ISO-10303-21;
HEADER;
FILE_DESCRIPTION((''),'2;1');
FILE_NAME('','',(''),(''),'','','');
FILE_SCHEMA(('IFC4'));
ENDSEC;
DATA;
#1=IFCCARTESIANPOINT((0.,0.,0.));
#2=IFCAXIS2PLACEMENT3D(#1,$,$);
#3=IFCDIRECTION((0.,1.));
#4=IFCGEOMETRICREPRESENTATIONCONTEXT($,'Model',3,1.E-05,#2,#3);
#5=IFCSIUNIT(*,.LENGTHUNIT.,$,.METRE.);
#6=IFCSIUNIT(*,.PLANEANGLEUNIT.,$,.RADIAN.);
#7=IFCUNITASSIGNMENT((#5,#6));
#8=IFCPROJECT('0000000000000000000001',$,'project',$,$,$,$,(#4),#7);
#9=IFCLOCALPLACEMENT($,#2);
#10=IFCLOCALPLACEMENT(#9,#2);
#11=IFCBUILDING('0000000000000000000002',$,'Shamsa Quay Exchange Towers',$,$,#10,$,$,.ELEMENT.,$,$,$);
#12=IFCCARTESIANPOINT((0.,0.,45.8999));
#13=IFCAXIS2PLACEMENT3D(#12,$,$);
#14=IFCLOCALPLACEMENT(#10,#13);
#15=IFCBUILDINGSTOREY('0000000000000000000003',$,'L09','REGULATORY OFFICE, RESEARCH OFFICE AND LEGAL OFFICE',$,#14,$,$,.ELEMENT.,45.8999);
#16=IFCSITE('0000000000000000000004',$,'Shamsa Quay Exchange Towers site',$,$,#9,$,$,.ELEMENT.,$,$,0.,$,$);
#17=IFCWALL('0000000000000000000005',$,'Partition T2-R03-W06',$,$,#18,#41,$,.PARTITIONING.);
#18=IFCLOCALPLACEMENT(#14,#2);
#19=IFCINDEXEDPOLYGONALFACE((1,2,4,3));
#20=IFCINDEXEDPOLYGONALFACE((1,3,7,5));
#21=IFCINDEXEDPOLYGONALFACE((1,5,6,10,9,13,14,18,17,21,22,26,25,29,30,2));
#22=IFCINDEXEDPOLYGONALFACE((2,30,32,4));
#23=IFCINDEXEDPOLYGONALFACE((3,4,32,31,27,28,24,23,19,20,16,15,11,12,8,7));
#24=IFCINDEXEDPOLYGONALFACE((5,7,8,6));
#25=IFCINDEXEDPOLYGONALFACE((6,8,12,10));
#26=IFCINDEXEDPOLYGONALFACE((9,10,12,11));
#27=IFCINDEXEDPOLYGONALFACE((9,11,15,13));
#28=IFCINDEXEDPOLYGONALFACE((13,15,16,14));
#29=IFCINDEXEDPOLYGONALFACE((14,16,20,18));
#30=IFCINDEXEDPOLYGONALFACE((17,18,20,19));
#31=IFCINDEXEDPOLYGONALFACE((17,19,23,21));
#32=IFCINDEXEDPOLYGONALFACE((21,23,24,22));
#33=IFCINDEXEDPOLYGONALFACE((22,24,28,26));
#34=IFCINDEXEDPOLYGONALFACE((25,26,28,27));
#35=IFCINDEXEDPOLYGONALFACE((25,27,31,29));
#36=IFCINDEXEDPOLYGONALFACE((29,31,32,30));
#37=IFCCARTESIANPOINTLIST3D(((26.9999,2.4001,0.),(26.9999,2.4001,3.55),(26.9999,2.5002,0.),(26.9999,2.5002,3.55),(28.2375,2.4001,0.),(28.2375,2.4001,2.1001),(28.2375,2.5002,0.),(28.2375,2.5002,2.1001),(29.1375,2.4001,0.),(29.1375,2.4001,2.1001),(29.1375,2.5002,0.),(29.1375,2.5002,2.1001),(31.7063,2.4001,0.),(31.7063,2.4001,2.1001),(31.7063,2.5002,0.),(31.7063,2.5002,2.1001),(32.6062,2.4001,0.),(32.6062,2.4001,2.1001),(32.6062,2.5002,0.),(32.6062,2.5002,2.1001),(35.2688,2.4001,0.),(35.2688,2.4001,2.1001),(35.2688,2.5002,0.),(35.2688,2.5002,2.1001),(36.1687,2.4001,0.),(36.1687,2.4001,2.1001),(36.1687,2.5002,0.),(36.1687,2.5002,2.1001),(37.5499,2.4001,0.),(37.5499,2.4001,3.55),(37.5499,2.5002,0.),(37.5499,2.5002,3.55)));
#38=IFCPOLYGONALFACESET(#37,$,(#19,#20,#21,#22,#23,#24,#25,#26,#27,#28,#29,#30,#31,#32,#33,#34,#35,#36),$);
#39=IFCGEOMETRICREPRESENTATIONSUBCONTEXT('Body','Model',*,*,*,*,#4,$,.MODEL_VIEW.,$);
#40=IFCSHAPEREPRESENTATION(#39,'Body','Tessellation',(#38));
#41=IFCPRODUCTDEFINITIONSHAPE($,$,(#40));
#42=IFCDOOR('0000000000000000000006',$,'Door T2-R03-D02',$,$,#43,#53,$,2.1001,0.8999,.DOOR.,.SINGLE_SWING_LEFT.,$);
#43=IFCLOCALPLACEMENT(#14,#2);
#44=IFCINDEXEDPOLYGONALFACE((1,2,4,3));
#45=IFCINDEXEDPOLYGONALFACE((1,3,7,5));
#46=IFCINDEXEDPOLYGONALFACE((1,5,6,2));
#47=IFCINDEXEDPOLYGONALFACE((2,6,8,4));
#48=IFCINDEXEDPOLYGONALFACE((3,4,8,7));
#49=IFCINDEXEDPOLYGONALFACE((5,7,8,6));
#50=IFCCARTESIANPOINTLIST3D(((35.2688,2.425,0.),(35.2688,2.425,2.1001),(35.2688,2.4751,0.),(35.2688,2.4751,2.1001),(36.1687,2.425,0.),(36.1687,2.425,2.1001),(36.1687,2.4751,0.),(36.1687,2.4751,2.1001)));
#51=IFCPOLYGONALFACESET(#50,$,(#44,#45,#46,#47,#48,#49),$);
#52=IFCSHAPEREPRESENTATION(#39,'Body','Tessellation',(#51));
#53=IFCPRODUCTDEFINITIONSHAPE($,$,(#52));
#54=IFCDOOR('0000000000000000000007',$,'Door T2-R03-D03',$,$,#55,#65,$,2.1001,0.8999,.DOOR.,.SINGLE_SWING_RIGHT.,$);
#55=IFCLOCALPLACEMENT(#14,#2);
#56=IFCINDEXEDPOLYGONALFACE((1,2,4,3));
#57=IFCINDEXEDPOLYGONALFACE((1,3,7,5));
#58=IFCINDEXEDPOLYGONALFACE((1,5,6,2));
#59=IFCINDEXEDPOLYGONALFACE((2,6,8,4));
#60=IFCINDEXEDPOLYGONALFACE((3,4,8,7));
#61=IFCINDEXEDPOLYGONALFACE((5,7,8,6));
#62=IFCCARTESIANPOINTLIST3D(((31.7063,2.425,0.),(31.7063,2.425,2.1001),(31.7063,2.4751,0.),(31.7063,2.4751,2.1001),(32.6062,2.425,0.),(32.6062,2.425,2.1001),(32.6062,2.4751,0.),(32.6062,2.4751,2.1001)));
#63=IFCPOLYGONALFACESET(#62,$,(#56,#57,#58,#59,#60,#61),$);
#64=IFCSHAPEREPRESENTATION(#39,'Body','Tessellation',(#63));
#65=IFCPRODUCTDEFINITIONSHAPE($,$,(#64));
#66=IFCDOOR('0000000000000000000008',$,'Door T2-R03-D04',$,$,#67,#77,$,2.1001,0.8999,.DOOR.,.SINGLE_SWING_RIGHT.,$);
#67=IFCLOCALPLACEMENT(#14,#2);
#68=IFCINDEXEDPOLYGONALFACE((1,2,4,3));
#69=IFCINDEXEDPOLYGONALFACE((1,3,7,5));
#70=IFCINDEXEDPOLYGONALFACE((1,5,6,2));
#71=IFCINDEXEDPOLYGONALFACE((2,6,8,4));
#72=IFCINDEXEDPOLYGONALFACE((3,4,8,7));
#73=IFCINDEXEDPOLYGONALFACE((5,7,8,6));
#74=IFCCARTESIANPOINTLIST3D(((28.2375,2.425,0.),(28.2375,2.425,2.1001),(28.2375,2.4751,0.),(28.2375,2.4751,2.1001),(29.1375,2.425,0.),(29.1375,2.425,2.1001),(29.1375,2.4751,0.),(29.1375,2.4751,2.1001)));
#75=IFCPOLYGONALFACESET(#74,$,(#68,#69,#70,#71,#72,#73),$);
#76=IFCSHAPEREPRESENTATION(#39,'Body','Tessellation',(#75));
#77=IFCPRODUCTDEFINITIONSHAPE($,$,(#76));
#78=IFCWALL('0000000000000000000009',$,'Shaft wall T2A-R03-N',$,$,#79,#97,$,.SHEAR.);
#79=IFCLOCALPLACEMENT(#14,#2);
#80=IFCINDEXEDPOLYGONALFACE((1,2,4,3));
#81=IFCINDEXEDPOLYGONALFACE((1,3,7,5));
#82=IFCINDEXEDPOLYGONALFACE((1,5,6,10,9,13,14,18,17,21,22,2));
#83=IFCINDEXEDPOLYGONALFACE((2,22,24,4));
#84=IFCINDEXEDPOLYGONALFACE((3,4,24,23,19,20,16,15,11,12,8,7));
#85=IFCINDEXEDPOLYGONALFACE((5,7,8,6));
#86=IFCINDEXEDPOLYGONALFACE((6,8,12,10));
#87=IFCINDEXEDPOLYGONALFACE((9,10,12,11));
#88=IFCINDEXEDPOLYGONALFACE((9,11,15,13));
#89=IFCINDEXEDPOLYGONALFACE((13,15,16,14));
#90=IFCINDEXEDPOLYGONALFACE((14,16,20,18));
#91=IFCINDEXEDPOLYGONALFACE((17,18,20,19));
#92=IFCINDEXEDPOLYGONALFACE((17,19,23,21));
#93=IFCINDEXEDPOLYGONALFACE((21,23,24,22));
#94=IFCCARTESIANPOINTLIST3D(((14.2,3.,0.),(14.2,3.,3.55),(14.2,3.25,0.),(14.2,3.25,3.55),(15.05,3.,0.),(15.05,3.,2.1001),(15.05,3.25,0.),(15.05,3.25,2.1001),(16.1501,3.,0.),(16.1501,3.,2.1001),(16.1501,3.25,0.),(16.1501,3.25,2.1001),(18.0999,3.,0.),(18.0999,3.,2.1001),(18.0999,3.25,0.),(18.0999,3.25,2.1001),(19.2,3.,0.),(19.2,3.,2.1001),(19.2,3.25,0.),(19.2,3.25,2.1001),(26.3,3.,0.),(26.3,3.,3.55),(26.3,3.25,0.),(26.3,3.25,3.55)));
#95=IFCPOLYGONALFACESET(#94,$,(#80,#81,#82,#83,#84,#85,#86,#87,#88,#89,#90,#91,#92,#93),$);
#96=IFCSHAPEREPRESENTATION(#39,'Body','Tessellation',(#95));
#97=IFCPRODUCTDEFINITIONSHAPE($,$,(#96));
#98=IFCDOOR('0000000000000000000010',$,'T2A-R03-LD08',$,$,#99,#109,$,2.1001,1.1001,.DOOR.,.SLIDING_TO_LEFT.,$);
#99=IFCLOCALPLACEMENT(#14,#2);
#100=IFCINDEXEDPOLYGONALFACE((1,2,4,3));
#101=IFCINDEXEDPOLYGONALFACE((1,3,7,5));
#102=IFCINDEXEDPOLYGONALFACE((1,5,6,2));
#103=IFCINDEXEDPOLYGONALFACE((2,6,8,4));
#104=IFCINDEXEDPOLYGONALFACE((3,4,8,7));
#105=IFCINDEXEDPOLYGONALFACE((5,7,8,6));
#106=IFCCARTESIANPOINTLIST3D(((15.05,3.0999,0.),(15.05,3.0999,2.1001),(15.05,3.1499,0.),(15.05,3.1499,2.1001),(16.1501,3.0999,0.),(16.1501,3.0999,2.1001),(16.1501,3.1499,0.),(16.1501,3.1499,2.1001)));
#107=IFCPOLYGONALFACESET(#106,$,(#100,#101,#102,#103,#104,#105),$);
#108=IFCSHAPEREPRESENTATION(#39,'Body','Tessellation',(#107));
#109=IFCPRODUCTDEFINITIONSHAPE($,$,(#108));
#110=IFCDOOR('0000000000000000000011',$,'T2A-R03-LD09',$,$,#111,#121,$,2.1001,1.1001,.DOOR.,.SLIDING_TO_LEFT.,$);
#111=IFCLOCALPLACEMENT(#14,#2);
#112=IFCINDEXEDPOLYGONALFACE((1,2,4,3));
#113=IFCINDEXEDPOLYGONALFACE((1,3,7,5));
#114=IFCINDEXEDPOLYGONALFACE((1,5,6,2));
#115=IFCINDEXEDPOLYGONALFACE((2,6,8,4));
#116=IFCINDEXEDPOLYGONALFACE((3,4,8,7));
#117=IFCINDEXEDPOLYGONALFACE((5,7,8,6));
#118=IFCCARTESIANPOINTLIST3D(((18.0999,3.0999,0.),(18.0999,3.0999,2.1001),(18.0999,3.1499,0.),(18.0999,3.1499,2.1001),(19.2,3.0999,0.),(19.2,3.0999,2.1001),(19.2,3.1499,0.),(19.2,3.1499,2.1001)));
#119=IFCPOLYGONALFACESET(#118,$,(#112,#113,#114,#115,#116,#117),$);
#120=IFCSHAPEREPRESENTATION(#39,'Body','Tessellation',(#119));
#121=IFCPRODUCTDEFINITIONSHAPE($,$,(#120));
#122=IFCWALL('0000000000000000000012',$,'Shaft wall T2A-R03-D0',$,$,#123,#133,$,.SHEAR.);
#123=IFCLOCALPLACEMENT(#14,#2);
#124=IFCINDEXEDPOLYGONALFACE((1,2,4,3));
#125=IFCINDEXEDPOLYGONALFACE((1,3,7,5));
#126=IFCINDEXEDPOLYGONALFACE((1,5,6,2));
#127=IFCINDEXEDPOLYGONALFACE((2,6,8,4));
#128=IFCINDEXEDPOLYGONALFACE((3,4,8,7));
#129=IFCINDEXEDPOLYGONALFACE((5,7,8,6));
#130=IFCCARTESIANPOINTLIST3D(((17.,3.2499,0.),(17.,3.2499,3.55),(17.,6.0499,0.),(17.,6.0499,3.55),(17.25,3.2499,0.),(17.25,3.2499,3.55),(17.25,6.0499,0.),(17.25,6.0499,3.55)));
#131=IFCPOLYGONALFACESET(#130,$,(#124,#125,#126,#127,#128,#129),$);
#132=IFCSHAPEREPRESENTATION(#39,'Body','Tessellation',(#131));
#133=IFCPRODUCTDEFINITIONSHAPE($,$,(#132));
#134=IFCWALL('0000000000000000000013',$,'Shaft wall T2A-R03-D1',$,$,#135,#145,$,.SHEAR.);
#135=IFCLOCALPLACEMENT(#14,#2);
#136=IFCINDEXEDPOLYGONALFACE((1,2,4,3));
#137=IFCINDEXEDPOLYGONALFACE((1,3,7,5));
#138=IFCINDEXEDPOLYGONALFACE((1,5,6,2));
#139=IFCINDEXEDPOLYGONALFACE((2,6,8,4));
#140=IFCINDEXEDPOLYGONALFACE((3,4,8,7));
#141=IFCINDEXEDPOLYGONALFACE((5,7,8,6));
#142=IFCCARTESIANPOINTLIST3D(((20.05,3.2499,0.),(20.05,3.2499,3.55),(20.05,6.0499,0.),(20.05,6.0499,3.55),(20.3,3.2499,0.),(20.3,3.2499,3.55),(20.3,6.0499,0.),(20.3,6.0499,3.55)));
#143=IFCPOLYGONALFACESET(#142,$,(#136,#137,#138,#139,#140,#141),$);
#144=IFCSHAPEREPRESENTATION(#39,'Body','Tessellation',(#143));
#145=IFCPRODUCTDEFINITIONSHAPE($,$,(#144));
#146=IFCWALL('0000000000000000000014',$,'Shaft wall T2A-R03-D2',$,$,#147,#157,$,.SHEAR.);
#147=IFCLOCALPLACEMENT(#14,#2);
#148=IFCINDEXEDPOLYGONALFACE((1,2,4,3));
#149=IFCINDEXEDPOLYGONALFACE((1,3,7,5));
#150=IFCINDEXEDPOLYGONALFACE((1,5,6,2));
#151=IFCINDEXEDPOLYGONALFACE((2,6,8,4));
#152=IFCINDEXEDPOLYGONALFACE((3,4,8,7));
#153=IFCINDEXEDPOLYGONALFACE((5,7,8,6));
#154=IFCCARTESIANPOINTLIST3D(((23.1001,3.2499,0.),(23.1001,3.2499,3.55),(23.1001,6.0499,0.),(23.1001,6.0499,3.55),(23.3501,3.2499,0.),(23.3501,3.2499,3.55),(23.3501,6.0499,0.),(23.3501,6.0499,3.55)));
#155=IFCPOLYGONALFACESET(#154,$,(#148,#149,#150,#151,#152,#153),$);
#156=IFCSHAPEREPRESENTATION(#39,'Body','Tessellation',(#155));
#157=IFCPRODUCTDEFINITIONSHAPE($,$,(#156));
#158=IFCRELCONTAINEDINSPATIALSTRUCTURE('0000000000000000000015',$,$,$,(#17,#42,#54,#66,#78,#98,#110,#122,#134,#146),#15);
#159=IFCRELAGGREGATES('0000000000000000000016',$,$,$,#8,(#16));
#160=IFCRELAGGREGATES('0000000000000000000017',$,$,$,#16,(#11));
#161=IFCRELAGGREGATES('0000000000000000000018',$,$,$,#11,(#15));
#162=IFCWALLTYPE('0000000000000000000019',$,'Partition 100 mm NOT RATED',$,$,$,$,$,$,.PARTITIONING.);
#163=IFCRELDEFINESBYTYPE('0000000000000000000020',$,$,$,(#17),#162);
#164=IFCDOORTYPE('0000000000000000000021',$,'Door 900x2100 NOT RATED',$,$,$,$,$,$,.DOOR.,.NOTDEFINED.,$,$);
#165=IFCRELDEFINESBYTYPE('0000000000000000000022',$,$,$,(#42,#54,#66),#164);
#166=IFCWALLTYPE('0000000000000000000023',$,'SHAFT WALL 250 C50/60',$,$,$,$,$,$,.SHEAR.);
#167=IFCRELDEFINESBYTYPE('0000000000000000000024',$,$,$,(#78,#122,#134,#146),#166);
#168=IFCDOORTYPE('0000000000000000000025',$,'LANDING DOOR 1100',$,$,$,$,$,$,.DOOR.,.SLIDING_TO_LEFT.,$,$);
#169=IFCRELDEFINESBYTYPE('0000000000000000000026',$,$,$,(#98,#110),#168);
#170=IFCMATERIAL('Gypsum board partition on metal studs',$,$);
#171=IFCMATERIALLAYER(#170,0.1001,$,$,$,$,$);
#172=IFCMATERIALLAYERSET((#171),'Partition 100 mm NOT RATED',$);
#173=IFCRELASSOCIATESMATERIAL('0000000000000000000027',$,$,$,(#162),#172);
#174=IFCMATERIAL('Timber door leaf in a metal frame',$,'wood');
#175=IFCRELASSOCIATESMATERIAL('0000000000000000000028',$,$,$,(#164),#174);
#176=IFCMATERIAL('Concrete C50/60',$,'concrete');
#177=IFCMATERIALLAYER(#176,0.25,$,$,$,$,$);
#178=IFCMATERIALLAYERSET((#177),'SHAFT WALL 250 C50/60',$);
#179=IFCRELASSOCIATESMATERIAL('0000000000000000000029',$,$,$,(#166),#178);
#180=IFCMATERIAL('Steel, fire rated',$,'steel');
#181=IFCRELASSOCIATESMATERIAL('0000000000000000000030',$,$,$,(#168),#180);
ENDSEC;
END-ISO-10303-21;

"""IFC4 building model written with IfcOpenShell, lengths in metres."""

from ifc_helpers import new_model, si_unit, direction, frame, frame_2d, origin, place, context, subcontext, project, spatial, rectangle, extrude, material, layer, layer_set, type_object, element, fill, save


model = new_model("IFC4")

# Units and contexts
model_context = context("Model", 3, precision=1e-05, world=origin(), true_north=direction((0.0, 1.0)))
body_context = subcontext(model_context, "Body", "Model", "MODEL_VIEW")
ifc_project = project(units=[si_unit("LENGTHUNIT", "METRE"), si_unit("PLANEANGLEUNIT", "RADIAN")], contexts=[model_context])

# Site, building, storey
site_placement = place(None, origin())
site = spatial("IfcSite", under=ifc_project, at=site_placement, Name="Shamsa Quay Exchange Towers site", CompositionType="ELEMENT", RefElevation=0.0)
building_placement = place(site_placement, origin())
building = spatial("IfcBuilding", under=site, at=building_placement, Name="Shamsa Quay Exchange Towers", CompositionType="ELEMENT")
storey_placement = place(building_placement, frame((0.0, 0.0, 45.8999)))
storey = spatial("IfcBuildingStorey", under=building, at=storey_placement, Name="L09", Description="REGULATORY OFFICE, RESEARCH OFFICE AND LEGAL OFFICE", CompositionType="ELEMENT", Elevation=45.8999)

# Shared definitions
ifc_material_1 = material(Name="Concrete C50/60", Category="concrete")

# Walls, openings, doors
ifc_material_2 = material(Name="Gypsum board partition on metal studs")
ifc_layer_1 = layer(ifc_material_2, 0.1001)
ifc_layer_set_1 = layer_set([ifc_layer_1], Name="Partition 100 mm NOT RATED")
wall_type_1 = type_object("IfcWallType", Name="Partition 100 mm NOT RATED", PredefinedType="PARTITIONING", material=ifc_layer_set_1)
wall_1_placement = place(storey_placement, frame((27.0, 2.4502, 0.0)))
wall_1 = element("IfcWall", 1, at=wall_1_placement, inside=storey, type_object=wall_type_1, Name="Partition T2-R03-W06", PredefinedType="PARTITIONING", context=body_context, shape_type="SweptSolid", body=[
    extrude(rectangle(XDim=10.55, YDim=0.1001, at=frame_2d((5.2749, 0.0))), origin(), (0.0, 0.0, 1.0), 3.55),
])
opening_1_placement = place(wall_1_placement, frame((8.2688, 0.0, 0.0)))
opening_1 = element("IfcOpeningElement", 2, at=opening_1_placement, cuts=wall_1, PredefinedType="OPENING", context=body_context, shape_type="SweptSolid", body=[
    extrude(rectangle(XDim=0.8999, YDim=2.1001, at=frame_2d((0.45, 1.05))), frame((0.0, 0.0601, 0.0), z_axis=(0.0, -1.0, 0.0), x_axis=(1.0, 0.0, 0.0)), (0.0, 0.0, 1.0), 0.1201),
])
opening_2_placement = place(wall_1_placement, frame((4.7063, 0.0, 0.0)))
opening_2 = element("IfcOpeningElement", 3, at=opening_2_placement, cuts=wall_1, PredefinedType="OPENING", context=body_context, shape_type="SweptSolid", body=[
    extrude(rectangle(XDim=0.8999, YDim=2.1001, at=frame_2d((0.45, 1.05))), frame((0.0, 0.0601, 0.0), z_axis=(0.0, -1.0, 0.0), x_axis=(1.0, 0.0, 0.0)), (0.0, 0.0, 1.0), 0.1201),
])
opening_3_placement = place(wall_1_placement, frame((1.2375, 0.0, 0.0)))
opening_3 = element("IfcOpeningElement", 4, at=opening_3_placement, cuts=wall_1, PredefinedType="OPENING", context=body_context, shape_type="SweptSolid", body=[
    extrude(rectangle(XDim=0.8999, YDim=2.1001, at=frame_2d((0.45, 1.05))), frame((0.0, 0.0601, 0.0), z_axis=(0.0, -1.0, 0.0), x_axis=(1.0, 0.0, 0.0)), (0.0, 0.0, 1.0), 0.1201),
])
ifc_material_3 = material(Name="Timber door leaf in a metal frame", Category="wood")
door_type_1 = type_object("IfcDoorType", Name="Door 900x2100 NOT RATED", OperationType="NOTDEFINED", PredefinedType="DOOR", material=ifc_material_3)
door_1_placement = place(opening_1_placement, origin())
door_1 = element("IfcDoor", 5, at=door_1_placement, inside=storey, type_object=door_type_1, Name="Door T2-R03-D02", OperationType="SINGLE_SWING_LEFT", OverallHeight=2.1001, OverallWidth=0.8999, PredefinedType="DOOR", context=body_context, shape_type="SweptSolid", body=[
    extrude(rectangle(XDim=0.8999, YDim=2.1001, at=frame_2d((0.45, 1.05))), frame((0.0, 0.0249, 0.0), z_axis=(0.0, -1.0, 0.0), x_axis=(1.0, 0.0, 0.0)), (0.0, 0.0, 1.0), 0.05),
])
fill(opening_1, door_1)
door_2_placement = place(opening_2_placement, origin())
door_2 = element("IfcDoor", 6, at=door_2_placement, inside=storey, type_object=door_type_1, Name="Door T2-R03-D03", OperationType="SINGLE_SWING_RIGHT", OverallHeight=2.1001, OverallWidth=0.8999, PredefinedType="DOOR", context=body_context, shape_type="SweptSolid", body=[
    extrude(rectangle(XDim=0.8999, YDim=2.1001, at=frame_2d((0.45, 1.05))), frame((0.0, 0.0249, 0.0), z_axis=(0.0, -1.0, 0.0), x_axis=(1.0, 0.0, 0.0)), (0.0, 0.0, 1.0), 0.05),
])
fill(opening_2, door_2)
door_3_placement = place(opening_3_placement, origin())
door_3 = element("IfcDoor", 7, at=door_3_placement, inside=storey, type_object=door_type_1, Name="Door T2-R03-D04", OperationType="SINGLE_SWING_RIGHT", OverallHeight=2.1001, OverallWidth=0.8999, PredefinedType="DOOR", context=body_context, shape_type="SweptSolid", body=[
    extrude(rectangle(XDim=0.8999, YDim=2.1001, at=frame_2d((0.45, 1.05))), frame((0.0, 0.0249, 0.0), z_axis=(0.0, -1.0, 0.0), x_axis=(1.0, 0.0, 0.0)), (0.0, 0.0, 1.0), 0.05),
])
fill(opening_3, door_3)
ifc_layer_2 = layer(ifc_material_1, 0.25)
ifc_layer_set_2 = layer_set([ifc_layer_2], Name="SHAFT WALL 250 C50/60")
wall_type_2 = type_object("IfcWallType", Name="SHAFT WALL 250 C50/60", PredefinedType="SHEAR", material=ifc_layer_set_2)
wall_2_placement = place(storey_placement, frame((14.2, 3.125, 0.0)))
wall_2 = element("IfcWall", 8, at=wall_2_placement, inside=storey, type_object=wall_type_2, Name="Shaft wall T2A-R03-N", PredefinedType="SHEAR", context=body_context, shape_type="SweptSolid", body=[
    extrude(rectangle(XDim=12.1001, YDim=0.25, at=frame_2d((6.05, 0.0))), origin(), (0.0, 0.0, 1.0), 3.55),
])
opening_4_placement = place(wall_2_placement, frame((0.8501, 0.0, 0.0)))
opening_4 = element("IfcOpeningElement", 9, at=opening_4_placement, cuts=wall_2, PredefinedType="OPENING", context=body_context, shape_type="SweptSolid", body=[
    extrude(rectangle(XDim=1.1001, YDim=2.1001, at=frame_2d((0.55, 1.05))), frame((0.0, 0.135, 0.0), z_axis=(0.0, -1.0, 0.0), x_axis=(1.0, 0.0, 0.0)), (0.0, 0.0, 1.0), 0.27),
])
opening_5_placement = place(wall_2_placement, frame((3.8999, 0.0, 0.0)))
opening_5 = element("IfcOpeningElement", 10, at=opening_5_placement, cuts=wall_2, PredefinedType="OPENING", context=body_context, shape_type="SweptSolid", body=[
    extrude(rectangle(XDim=1.1001, YDim=2.1001, at=frame_2d((0.55, 1.05))), frame((0.0, 0.135, 0.0), z_axis=(0.0, -1.0, 0.0), x_axis=(1.0, 0.0, 0.0)), (0.0, 0.0, 1.0), 0.27),
])
ifc_material_4 = material(Name="Steel, fire rated", Category="steel")
door_type_2 = type_object("IfcDoorType", Name="LANDING DOOR 1100", OperationType="SLIDING_TO_LEFT", PredefinedType="DOOR", material=ifc_material_4)
door_4_placement = place(opening_4_placement, origin())
door_4 = element("IfcDoor", 11, at=door_4_placement, inside=storey, type_object=door_type_2, Name="T2A-R03-LD08", OperationType="SLIDING_TO_LEFT", OverallHeight=2.1001, OverallWidth=1.1001, PredefinedType="DOOR", context=body_context, shape_type="SweptSolid", body=[
    extrude(rectangle(XDim=1.1001, YDim=2.1001, at=frame_2d((0.55, 1.05))), frame((0.0, 0.0249, 0.0), z_axis=(0.0, -1.0, 0.0), x_axis=(1.0, 0.0, 0.0)), (0.0, 0.0, 1.0), 0.05),
])
fill(opening_4, door_4)
door_5_placement = place(opening_5_placement, origin())
door_5 = element("IfcDoor", 12, at=door_5_placement, inside=storey, type_object=door_type_2, Name="T2A-R03-LD09", OperationType="SLIDING_TO_LEFT", OverallHeight=2.1001, OverallWidth=1.1001, PredefinedType="DOOR", context=body_context, shape_type="SweptSolid", body=[
    extrude(rectangle(XDim=1.1001, YDim=2.1001, at=frame_2d((0.55, 1.05))), frame((0.0, 0.0249, 0.0), z_axis=(0.0, -1.0, 0.0), x_axis=(1.0, 0.0, 0.0)), (0.0, 0.0, 1.0), 0.05),
])
fill(opening_5, door_5)

# Walls
for number, where, z_axis, x_axis, name in (
    (13, (17.125, 3.25, 0.0), (0.0, 0.0, 1.0), (0.0, 1.0, 0.0), "Shaft wall T2A-R03-D0"),
    (14, (20.175, 3.25, 0.0), (0.0, 0.0, 1.0), (0.0, 1.0, 0.0), "Shaft wall T2A-R03-D1"),
    (15, (23.2251, 3.25, 0.0), (0.0, 0.0, 1.0), (0.0, 1.0, 0.0), "Shaft wall T2A-R03-D2"),
):
    element("IfcWall", number, at=place(storey_placement, frame(where, z_axis=z_axis, x_axis=x_axis)), inside=storey, type_object=wall_type_2, Name=name, PredefinedType="SHEAR", context=body_context, shape_type="SweptSolid", body=[
        extrude(rectangle(XDim=2.8, YDim=0.25, at=frame_2d((1.3999, 0.0))), origin(), (0.0, 0.0, 1.0), 3.55),
    ])

save(model, "model.ifc")
